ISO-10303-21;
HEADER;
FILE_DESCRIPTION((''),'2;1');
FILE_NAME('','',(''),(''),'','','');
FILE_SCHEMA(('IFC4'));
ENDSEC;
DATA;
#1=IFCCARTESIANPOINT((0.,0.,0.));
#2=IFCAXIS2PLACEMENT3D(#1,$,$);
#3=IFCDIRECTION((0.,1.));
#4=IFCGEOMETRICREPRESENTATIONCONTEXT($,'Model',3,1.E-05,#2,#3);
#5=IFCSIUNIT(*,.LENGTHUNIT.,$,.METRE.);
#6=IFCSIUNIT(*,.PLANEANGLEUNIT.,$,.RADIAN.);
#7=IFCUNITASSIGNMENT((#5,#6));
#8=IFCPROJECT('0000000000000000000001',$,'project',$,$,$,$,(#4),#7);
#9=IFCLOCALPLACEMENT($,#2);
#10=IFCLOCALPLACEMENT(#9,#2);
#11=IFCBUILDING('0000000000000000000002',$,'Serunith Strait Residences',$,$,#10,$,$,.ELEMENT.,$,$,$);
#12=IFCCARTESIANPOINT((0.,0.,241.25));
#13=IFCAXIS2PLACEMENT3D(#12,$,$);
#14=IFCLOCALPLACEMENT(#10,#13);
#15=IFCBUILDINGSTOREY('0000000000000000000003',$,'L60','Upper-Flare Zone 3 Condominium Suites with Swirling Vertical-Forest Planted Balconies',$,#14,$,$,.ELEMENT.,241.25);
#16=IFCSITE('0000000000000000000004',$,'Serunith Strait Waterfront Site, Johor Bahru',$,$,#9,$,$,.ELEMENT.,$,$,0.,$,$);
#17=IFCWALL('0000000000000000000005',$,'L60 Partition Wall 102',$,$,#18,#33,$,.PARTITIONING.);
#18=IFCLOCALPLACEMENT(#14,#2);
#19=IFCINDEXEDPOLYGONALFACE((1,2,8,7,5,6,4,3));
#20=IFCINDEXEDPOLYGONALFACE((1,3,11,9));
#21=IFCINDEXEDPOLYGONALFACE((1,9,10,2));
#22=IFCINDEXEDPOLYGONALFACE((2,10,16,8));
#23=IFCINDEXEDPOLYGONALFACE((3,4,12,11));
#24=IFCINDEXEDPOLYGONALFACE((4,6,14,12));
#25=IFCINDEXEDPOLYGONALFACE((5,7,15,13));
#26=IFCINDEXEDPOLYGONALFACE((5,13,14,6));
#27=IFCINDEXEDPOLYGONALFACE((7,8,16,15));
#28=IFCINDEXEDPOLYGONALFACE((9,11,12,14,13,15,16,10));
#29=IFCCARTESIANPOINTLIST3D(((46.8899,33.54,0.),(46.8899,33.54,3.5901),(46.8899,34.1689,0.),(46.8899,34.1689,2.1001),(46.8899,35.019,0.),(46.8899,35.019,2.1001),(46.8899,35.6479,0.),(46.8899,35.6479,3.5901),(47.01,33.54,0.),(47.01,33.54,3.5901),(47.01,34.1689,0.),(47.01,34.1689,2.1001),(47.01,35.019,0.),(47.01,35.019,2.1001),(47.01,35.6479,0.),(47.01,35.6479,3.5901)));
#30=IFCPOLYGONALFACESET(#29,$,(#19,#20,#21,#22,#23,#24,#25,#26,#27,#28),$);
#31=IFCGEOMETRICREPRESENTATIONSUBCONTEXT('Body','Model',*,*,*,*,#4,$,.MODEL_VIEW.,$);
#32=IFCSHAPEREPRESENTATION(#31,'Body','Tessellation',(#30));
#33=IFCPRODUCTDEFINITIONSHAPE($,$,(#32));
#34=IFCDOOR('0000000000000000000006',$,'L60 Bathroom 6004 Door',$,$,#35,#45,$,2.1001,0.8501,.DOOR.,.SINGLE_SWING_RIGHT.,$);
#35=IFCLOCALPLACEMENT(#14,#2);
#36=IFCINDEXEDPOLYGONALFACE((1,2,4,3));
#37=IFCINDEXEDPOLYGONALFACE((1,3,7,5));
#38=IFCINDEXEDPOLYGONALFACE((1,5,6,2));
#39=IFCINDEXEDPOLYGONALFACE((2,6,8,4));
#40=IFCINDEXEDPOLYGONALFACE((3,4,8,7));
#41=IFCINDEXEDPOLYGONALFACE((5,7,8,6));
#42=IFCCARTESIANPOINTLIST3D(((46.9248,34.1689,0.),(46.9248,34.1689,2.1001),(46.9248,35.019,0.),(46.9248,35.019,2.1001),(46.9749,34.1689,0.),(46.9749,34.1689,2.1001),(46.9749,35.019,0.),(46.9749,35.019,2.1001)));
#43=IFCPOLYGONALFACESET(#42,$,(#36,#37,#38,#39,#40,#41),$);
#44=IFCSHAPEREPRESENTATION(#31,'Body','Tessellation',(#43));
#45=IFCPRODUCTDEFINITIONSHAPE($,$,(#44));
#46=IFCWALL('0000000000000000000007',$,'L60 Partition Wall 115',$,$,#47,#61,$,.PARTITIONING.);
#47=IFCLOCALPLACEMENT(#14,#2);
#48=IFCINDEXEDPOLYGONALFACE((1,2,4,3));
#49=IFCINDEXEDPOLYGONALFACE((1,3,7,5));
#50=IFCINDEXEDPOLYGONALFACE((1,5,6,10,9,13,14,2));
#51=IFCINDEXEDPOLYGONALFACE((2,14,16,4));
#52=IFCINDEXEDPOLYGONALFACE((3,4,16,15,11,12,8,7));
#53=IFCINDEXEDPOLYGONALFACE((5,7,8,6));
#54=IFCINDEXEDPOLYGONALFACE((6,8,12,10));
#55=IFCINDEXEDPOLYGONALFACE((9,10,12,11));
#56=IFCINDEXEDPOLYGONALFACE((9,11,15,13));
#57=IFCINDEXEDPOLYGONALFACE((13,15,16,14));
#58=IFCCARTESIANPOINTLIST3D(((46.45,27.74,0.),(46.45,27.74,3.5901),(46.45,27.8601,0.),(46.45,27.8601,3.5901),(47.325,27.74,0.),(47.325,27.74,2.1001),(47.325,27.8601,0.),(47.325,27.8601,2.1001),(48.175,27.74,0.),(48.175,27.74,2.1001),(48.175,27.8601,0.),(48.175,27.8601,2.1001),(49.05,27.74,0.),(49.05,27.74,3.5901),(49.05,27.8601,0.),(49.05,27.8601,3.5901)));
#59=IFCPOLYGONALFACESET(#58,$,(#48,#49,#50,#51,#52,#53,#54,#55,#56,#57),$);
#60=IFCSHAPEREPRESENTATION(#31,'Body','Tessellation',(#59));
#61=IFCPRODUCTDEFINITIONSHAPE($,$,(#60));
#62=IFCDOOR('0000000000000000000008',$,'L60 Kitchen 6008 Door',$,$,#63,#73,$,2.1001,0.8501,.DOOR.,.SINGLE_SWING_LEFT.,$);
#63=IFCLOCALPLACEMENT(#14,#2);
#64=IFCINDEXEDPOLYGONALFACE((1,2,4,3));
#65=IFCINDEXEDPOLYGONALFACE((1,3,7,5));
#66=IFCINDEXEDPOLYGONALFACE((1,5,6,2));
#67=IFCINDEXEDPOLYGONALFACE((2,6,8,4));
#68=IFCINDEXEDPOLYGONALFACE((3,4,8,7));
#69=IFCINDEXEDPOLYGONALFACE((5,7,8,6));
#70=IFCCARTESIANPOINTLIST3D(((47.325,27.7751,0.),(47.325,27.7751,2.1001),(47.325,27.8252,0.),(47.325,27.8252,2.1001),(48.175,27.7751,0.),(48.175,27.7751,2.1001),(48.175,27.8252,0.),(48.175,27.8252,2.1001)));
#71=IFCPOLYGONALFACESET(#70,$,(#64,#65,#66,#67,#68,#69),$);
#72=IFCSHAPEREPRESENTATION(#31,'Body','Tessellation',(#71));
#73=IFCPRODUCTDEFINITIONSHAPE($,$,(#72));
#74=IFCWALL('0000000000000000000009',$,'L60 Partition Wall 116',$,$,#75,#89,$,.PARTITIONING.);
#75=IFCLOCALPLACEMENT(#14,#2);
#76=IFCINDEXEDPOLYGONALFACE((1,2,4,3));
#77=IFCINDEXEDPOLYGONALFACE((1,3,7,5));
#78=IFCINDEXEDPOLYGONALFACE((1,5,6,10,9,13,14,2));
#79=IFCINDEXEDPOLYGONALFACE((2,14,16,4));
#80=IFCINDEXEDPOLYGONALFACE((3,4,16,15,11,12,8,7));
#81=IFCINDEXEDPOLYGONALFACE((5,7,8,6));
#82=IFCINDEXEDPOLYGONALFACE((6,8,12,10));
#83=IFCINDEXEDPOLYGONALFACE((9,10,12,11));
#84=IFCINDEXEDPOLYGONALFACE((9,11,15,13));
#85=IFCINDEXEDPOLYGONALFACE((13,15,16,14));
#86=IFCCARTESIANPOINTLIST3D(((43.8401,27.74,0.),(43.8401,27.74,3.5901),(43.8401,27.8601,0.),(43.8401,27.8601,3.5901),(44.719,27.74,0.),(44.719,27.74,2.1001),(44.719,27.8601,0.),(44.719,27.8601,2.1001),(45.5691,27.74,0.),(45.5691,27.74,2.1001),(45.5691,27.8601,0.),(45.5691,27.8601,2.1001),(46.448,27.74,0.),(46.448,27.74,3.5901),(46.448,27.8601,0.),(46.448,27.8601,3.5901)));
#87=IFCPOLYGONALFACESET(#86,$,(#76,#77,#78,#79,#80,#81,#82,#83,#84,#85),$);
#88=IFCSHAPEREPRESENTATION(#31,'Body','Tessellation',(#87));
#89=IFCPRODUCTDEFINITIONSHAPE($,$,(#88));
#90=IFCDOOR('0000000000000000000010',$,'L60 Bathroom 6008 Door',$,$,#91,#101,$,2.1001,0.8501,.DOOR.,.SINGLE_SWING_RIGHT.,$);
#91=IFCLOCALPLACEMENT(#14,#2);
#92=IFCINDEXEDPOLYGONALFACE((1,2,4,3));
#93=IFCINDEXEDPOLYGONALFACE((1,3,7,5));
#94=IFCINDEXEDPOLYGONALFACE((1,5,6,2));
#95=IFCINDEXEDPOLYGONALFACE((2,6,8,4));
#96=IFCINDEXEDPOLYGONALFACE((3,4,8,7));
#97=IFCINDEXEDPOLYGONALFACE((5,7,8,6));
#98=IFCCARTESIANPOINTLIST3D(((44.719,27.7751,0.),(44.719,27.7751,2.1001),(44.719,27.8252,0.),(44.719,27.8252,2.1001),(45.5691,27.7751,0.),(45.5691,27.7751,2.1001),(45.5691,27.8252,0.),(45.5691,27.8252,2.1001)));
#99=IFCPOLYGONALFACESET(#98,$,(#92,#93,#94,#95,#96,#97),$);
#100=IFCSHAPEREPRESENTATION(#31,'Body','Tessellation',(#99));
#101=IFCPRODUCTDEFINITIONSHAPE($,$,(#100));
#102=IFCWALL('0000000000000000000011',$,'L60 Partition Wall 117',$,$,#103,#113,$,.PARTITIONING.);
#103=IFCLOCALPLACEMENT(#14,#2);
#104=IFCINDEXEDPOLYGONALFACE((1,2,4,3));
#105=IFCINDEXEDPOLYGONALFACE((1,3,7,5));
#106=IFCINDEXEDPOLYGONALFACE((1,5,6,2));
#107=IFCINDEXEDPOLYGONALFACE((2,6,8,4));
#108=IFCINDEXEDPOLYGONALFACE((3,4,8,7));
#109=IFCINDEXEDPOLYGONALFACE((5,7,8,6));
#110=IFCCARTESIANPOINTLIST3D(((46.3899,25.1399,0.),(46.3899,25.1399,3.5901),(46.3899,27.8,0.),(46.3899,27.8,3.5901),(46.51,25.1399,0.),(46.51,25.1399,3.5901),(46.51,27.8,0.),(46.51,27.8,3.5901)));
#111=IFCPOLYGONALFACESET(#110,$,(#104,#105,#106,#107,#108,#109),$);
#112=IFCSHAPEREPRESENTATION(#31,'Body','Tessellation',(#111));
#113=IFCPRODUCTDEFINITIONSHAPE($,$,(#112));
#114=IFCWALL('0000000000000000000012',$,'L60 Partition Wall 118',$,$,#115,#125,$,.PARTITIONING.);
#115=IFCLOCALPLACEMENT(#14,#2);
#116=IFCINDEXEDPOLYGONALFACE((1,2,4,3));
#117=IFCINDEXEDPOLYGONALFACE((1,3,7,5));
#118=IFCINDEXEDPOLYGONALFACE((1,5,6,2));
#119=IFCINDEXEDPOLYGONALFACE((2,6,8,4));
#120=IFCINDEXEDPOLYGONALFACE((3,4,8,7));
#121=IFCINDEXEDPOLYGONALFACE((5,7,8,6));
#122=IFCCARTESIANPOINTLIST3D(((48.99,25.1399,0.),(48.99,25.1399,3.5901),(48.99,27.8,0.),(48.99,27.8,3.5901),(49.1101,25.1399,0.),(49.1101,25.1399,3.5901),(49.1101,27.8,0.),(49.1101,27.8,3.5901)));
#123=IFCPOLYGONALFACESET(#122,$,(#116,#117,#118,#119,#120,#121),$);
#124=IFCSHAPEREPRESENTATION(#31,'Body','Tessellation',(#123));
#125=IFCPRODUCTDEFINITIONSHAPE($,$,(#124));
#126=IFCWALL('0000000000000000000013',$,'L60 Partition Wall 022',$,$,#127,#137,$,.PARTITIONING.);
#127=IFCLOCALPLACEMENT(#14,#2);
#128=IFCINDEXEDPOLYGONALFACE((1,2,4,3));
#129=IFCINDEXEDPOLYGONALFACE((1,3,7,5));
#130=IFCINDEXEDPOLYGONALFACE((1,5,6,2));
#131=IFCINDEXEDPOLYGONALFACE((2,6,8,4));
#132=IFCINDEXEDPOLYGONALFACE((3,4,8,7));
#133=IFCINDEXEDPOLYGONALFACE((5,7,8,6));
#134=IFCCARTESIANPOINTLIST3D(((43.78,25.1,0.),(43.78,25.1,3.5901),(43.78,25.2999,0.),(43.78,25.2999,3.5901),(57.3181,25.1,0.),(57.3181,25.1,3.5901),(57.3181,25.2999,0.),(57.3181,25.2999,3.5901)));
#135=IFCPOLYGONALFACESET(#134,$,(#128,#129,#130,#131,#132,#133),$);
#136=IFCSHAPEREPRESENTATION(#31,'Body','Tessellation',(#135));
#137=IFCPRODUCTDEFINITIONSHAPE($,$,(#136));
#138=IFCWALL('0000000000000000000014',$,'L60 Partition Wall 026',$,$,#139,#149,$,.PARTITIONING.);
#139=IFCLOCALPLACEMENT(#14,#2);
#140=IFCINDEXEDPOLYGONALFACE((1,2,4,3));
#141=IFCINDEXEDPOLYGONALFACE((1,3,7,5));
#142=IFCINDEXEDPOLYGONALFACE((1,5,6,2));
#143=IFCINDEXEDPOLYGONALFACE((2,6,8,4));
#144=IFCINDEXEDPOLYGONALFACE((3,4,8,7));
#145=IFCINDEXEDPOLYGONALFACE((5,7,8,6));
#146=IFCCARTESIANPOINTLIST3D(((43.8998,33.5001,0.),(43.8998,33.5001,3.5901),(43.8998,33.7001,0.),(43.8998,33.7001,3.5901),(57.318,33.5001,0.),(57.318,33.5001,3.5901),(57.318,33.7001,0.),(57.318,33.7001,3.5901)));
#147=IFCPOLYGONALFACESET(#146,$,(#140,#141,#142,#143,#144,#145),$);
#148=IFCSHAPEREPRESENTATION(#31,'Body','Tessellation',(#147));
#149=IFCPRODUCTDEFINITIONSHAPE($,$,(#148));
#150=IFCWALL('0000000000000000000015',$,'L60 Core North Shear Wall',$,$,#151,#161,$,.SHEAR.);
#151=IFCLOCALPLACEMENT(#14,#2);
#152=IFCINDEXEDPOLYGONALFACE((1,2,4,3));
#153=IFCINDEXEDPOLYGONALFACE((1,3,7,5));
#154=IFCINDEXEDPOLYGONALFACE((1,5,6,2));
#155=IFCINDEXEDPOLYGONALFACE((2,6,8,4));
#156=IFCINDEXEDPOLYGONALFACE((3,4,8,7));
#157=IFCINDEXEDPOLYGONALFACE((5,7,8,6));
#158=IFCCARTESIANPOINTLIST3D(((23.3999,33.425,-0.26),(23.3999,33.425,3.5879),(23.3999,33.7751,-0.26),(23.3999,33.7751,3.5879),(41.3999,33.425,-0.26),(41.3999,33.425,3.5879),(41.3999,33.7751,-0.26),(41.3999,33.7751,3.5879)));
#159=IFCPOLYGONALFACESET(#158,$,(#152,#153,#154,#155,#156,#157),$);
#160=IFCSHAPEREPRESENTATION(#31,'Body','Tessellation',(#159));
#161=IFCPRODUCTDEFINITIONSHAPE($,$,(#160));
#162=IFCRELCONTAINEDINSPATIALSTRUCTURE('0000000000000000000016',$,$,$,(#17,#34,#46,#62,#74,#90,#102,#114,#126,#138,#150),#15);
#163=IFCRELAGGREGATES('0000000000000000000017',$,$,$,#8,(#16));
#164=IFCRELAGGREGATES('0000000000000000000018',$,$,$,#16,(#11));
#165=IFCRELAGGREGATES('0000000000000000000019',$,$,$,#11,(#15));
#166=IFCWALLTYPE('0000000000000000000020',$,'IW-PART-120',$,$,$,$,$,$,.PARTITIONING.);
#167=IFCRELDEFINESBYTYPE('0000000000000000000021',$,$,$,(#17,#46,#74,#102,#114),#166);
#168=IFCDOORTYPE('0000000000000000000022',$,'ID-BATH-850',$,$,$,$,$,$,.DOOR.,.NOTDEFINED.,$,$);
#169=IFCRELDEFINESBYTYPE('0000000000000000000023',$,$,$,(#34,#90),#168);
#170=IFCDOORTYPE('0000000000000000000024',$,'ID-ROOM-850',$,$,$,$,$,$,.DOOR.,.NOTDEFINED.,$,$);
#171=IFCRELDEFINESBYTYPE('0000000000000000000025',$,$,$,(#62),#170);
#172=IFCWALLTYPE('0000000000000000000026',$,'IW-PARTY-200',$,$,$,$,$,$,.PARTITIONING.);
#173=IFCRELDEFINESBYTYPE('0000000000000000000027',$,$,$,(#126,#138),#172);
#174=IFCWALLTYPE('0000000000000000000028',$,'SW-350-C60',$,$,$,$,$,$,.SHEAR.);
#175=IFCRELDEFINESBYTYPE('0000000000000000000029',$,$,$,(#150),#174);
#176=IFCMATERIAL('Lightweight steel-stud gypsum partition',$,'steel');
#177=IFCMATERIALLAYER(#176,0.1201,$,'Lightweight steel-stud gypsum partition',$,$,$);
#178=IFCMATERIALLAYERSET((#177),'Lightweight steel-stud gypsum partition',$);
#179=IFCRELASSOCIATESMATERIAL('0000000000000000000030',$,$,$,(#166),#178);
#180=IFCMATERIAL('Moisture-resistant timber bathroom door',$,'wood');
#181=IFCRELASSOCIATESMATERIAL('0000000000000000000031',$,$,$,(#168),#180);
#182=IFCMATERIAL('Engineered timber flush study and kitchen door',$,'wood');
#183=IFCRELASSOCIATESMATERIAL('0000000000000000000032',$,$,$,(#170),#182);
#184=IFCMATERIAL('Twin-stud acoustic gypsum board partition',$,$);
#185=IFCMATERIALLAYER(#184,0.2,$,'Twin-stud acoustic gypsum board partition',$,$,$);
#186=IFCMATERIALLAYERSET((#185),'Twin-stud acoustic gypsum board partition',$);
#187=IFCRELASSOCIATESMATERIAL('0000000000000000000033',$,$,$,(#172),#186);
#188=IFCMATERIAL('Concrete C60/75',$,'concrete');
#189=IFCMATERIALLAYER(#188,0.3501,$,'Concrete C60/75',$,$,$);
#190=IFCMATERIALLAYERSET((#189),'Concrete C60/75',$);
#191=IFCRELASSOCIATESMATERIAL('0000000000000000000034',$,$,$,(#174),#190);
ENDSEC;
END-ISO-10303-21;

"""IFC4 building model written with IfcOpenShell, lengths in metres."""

from ifc_helpers import new_model, si_unit, direction, frame, frame_2d, origin, place, context, subcontext, project, spatial, rectangle, extrude, source, transform, mapped, material, layer, layer_set, type_object, element, fill, save


model = new_model("IFC4")

# Units and contexts
model_context = context("Model", 3, precision=1e-05, world=origin(), true_north=direction((0.0, 1.0)))
body_context = subcontext(model_context, "Body", "Model", "MODEL_VIEW")
ifc_project = project(units=[si_unit("LENGTHUNIT", "METRE"), si_unit("PLANEANGLEUNIT", "RADIAN")], contexts=[model_context])

# Site, building, storey
site_placement = place(None, origin())
site = spatial("IfcSite", under=ifc_project, at=site_placement, Name="Serunith Strait Waterfront Site, Johor Bahru", CompositionType="ELEMENT", RefElevation=0.0)
building_placement = place(site_placement, origin())
building = spatial("IfcBuilding", under=site, at=building_placement, Name="Serunith Strait Residences", CompositionType="ELEMENT")
storey_placement = place(building_placement, frame((0.0, 0.0, 241.25)))
storey = spatial("IfcBuildingStorey", under=building, at=storey_placement, Name="L60", Description="Upper-Flare Zone 3 Condominium Suites with Swirling Vertical-Forest Planted Balconies", CompositionType="ELEMENT", Elevation=241.25)

# Shared definitions
ifc_material_1 = material(Name="Lightweight steel-stud gypsum partition", Category="steel")
ifc_layer_1 = layer(ifc_material_1, 0.1201, Name="Lightweight steel-stud gypsum partition")
ifc_layer_set_1 = layer_set([ifc_layer_1], Name="Lightweight steel-stud gypsum partition")
wall_type_1 = type_object("IfcWallType", Name="IW-PART-120", PredefinedType="PARTITIONING", material=ifc_layer_set_1)

# Walls, openings, doors
wall_1_placement = place(storey_placement, frame((46.95, 35.6479, 0.0), z_axis=(0.0, 0.0, 1.0), x_axis=(0.0, -1.0, 0.0)))
wall_1 = element("IfcWall", 1, at=wall_1_placement, inside=storey, type_object=wall_type_1, Name="L60 Partition Wall 102", PredefinedType="PARTITIONING", context=body_context, shape_type="SweptSolid", body=[
    extrude(rectangle(XDim=2.1079, YDim=0.1201, at=frame_2d((1.054, 0.0))), origin(), (0.0, 0.0, 1.0), 3.5901),
])
opening_1_placement = place(wall_1_placement, frame((0.6289, 0.0, 0.0)))
opening_1 = element("IfcOpeningElement", 2, at=opening_1_placement, cuts=wall_1, PredefinedType="OPENING", context=body_context, shape_type="SweptSolid", body=[
    extrude(rectangle(XDim=0.8501, YDim=2.1001, at=frame_2d((0.425, 1.05))), frame((0.0, 0.0701, 0.0), z_axis=(0.0, -1.0, 0.0), x_axis=(1.0, 0.0, 0.0)), (0.0, 0.0, 1.0), 0.1401),
])
ifc_material_2 = material(Name="Moisture-resistant timber bathroom door", Category="wood")
door_type_1 = type_object("IfcDoorType", Name="ID-BATH-850", OperationType="NOTDEFINED", PredefinedType="DOOR", material=ifc_material_2)
shared_shape_1 = source(origin(), body_context, "Body", "SweptSolid", [
    extrude(rectangle(XDim=0.8501, YDim=2.1001, at=frame_2d((0.425, 1.05))), frame((0.0, 0.0249, 0.0), z_axis=(0.0, -1.0, 0.0), x_axis=(1.0, 0.0, 0.0)), (0.0, 0.0, 1.0), 0.05),
])
door_1_placement = place(opening_1_placement, origin())
door_1 = element("IfcDoor", 3, at=door_1_placement, inside=storey, type_object=door_type_1, Name="L60 Bathroom 6004 Door", OperationType="SINGLE_SWING_RIGHT", OverallHeight=2.1001, OverallWidth=0.8501, PredefinedType="DOOR", context=body_context, shape_type="MappedRepresentation", body=[
    mapped(shared_shape_1, transform((0.0, 0.0, 0.0), scale=1.0)),
])
fill(opening_1, door_1)
wall_2_placement = place(storey_placement, frame((49.05, 27.8, 0.0), z_axis=(0.0, 0.0, 1.0), x_axis=(-1.0, 0.0, 0.0)))
wall_2 = element("IfcWall", 4, at=wall_2_placement, inside=storey, type_object=wall_type_1, Name="L60 Partition Wall 115", PredefinedType="PARTITIONING", context=body_context, shape_type="SweptSolid", body=[
    extrude(rectangle(XDim=2.6001, YDim=0.1201, at=frame_2d((1.3, 0.0))), origin(), (0.0, 0.0, 1.0), 3.5901),
])
opening_2_placement = place(wall_2_placement, frame((0.875, 0.0, 0.0)))
opening_2 = element("IfcOpeningElement", 5, at=opening_2_placement, cuts=wall_2, PredefinedType="OPENING", context=body_context, shape_type="SweptSolid", body=[
    extrude(rectangle(XDim=0.8501, YDim=2.1001, at=frame_2d((0.425, 1.05))), frame((0.0, 0.0701, 0.0), z_axis=(0.0, -1.0, 0.0), x_axis=(1.0, 0.0, 0.0)), (0.0, 0.0, 1.0), 0.1401),
])
ifc_material_3 = material(Name="Engineered timber flush study and kitchen door", Category="wood")
door_type_2 = type_object("IfcDoorType", Name="ID-ROOM-850", OperationType="NOTDEFINED", PredefinedType="DOOR", material=ifc_material_3)
door_2_placement = place(opening_2_placement, origin())
door_2 = element("IfcDoor", 6, at=door_2_placement, inside=storey, type_object=door_type_2, Name="L60 Kitchen 6008 Door", OperationType="SINGLE_SWING_LEFT", OverallHeight=2.1001, OverallWidth=0.8501, PredefinedType="DOOR", context=body_context, shape_type="MappedRepresentation", body=[
    mapped(shared_shape_1, transform((0.0, 0.0, 0.0), scale=1.0)),
])
fill(opening_2, door_2)
wall_3_placement = place(storey_placement, frame((46.448, 27.8, 0.0), z_axis=(0.0, 0.0, 1.0), x_axis=(-1.0, 0.0, 0.0)))
wall_3 = element("IfcWall", 7, at=wall_3_placement, inside=storey, type_object=wall_type_1, Name="L60 Partition Wall 116", PredefinedType="PARTITIONING", context=body_context, shape_type="SweptSolid", body=[
    extrude(rectangle(XDim=2.6079, YDim=0.1201, at=frame_2d((1.304, 0.0))), origin(), (0.0, 0.0, 1.0), 3.5901),
])
opening_3_placement = place(wall_3_placement, frame((0.8789, 0.0, 0.0)))
opening_3 = element("IfcOpeningElement", 8, at=opening_3_placement, cuts=wall_3, PredefinedType="OPENING", context=body_context, shape_type="SweptSolid", body=[
    extrude(rectangle(XDim=0.8501, YDim=2.1001, at=frame_2d((0.425, 1.05))), frame((0.0, 0.0701, 0.0), z_axis=(0.0, -1.0, 0.0), x_axis=(1.0, 0.0, 0.0)), (0.0, 0.0, 1.0), 0.1401),
])
door_3_placement = place(opening_3_placement, origin())
door_3 = element("IfcDoor", 9, at=door_3_placement, inside=storey, type_object=door_type_1, Name="L60 Bathroom 6008 Door", OperationType="SINGLE_SWING_RIGHT", OverallHeight=2.1001, OverallWidth=0.8501, PredefinedType="DOOR", context=body_context, shape_type="MappedRepresentation", body=[
    mapped(shared_shape_1, transform((0.0, 0.0, 0.0), scale=1.0)),
])
fill(opening_3, door_3)

# Walls
for number, where, z_axis, x_axis, name in (
    (10, (46.45, 25.1399, 0.0), (0.0, 0.0, 1.0), (0.0, 1.0, 0.0), "L60 Partition Wall 117"),
    (11, (49.05, 25.1399, 0.0), (0.0, 0.0, 1.0), (0.0, 1.0, 0.0), "L60 Partition Wall 118"),
):
    element("IfcWall", number, at=place(storey_placement, frame(where, z_axis=z_axis, x_axis=x_axis)), inside=storey, type_object=wall_type_1, Name=name, PredefinedType="PARTITIONING", context=body_context, shape_type="SweptSolid", body=[
        extrude(rectangle(XDim=2.6602, YDim=0.1201, at=frame_2d((1.3301, 0.0))), origin(), (0.0, 0.0, 1.0), 3.5901),
    ])
ifc_material_4 = material(Name="Twin-stud acoustic gypsum board partition")
ifc_layer_2 = layer(ifc_material_4, 0.2, Name="Twin-stud acoustic gypsum board partition")
ifc_layer_set_2 = layer_set([ifc_layer_2], Name="Twin-stud acoustic gypsum board partition")
wall_type_2 = type_object("IfcWallType", Name="IW-PARTY-200", PredefinedType="PARTITIONING", material=ifc_layer_set_2)
wall_4_placement = place(storey_placement, frame((43.78, 25.2, 0.0), z_axis=(0.0, 0.0, 1.0), x_axis=(1.0, 0.0, 0.0)))
element("IfcWall", 12, at=wall_4_placement, inside=storey, type_object=wall_type_2, Name="L60 Partition Wall 022", PredefinedType="PARTITIONING", context=body_context, shape_type="SweptSolid", body=[
    extrude(rectangle(XDim=13.5381, YDim=0.2, at=frame_2d((6.769, 0.0))), origin(), (0.0, 0.0, 1.0), 3.5901),
])
wall_5_placement = place(storey_placement, frame((43.8999, 33.6001, 0.0), z_axis=(0.0, 0.0, 1.0), x_axis=(1.0, 0.0, 0.0)))
element("IfcWall", 13, at=wall_5_placement, inside=storey, type_object=wall_type_2, Name="L60 Partition Wall 026", PredefinedType="PARTITIONING", context=body_context, shape_type="SweptSolid", body=[
    extrude(rectangle(XDim=13.4182, YDim=0.2, at=frame_2d((6.709, 0.0))), origin(), (0.0, 0.0, 1.0), 3.5901),
])
ifc_material_5 = material(Name="Concrete C60/75", Category="concrete")
ifc_layer_3 = layer(ifc_material_5, 0.3501, Name="Concrete C60/75")
ifc_layer_set_3 = layer_set([ifc_layer_3], Name="Concrete C60/75")
wall_type_3 = type_object("IfcWallType", Name="SW-350-C60", PredefinedType="SHEAR", material=ifc_layer_set_3)
wall_6_placement = place(storey_placement, frame((41.3999, 33.6001, -0.26), z_axis=(0.0, 0.0, 1.0), x_axis=(-1.0, 0.0, 0.0)))
element("IfcWall", 14, at=wall_6_placement, inside=storey, type_object=wall_type_3, Name="L60 Core North Shear Wall", PredefinedType="SHEAR", context=body_context, shape_type="SweptSolid", body=[
    extrude(rectangle(XDim=18.0, YDim=0.3501, at=frame_2d((9.0, 0.0))), origin(), (0.0, 0.0, 1.0), 3.8479),
])

save(model, "model.ifc")
